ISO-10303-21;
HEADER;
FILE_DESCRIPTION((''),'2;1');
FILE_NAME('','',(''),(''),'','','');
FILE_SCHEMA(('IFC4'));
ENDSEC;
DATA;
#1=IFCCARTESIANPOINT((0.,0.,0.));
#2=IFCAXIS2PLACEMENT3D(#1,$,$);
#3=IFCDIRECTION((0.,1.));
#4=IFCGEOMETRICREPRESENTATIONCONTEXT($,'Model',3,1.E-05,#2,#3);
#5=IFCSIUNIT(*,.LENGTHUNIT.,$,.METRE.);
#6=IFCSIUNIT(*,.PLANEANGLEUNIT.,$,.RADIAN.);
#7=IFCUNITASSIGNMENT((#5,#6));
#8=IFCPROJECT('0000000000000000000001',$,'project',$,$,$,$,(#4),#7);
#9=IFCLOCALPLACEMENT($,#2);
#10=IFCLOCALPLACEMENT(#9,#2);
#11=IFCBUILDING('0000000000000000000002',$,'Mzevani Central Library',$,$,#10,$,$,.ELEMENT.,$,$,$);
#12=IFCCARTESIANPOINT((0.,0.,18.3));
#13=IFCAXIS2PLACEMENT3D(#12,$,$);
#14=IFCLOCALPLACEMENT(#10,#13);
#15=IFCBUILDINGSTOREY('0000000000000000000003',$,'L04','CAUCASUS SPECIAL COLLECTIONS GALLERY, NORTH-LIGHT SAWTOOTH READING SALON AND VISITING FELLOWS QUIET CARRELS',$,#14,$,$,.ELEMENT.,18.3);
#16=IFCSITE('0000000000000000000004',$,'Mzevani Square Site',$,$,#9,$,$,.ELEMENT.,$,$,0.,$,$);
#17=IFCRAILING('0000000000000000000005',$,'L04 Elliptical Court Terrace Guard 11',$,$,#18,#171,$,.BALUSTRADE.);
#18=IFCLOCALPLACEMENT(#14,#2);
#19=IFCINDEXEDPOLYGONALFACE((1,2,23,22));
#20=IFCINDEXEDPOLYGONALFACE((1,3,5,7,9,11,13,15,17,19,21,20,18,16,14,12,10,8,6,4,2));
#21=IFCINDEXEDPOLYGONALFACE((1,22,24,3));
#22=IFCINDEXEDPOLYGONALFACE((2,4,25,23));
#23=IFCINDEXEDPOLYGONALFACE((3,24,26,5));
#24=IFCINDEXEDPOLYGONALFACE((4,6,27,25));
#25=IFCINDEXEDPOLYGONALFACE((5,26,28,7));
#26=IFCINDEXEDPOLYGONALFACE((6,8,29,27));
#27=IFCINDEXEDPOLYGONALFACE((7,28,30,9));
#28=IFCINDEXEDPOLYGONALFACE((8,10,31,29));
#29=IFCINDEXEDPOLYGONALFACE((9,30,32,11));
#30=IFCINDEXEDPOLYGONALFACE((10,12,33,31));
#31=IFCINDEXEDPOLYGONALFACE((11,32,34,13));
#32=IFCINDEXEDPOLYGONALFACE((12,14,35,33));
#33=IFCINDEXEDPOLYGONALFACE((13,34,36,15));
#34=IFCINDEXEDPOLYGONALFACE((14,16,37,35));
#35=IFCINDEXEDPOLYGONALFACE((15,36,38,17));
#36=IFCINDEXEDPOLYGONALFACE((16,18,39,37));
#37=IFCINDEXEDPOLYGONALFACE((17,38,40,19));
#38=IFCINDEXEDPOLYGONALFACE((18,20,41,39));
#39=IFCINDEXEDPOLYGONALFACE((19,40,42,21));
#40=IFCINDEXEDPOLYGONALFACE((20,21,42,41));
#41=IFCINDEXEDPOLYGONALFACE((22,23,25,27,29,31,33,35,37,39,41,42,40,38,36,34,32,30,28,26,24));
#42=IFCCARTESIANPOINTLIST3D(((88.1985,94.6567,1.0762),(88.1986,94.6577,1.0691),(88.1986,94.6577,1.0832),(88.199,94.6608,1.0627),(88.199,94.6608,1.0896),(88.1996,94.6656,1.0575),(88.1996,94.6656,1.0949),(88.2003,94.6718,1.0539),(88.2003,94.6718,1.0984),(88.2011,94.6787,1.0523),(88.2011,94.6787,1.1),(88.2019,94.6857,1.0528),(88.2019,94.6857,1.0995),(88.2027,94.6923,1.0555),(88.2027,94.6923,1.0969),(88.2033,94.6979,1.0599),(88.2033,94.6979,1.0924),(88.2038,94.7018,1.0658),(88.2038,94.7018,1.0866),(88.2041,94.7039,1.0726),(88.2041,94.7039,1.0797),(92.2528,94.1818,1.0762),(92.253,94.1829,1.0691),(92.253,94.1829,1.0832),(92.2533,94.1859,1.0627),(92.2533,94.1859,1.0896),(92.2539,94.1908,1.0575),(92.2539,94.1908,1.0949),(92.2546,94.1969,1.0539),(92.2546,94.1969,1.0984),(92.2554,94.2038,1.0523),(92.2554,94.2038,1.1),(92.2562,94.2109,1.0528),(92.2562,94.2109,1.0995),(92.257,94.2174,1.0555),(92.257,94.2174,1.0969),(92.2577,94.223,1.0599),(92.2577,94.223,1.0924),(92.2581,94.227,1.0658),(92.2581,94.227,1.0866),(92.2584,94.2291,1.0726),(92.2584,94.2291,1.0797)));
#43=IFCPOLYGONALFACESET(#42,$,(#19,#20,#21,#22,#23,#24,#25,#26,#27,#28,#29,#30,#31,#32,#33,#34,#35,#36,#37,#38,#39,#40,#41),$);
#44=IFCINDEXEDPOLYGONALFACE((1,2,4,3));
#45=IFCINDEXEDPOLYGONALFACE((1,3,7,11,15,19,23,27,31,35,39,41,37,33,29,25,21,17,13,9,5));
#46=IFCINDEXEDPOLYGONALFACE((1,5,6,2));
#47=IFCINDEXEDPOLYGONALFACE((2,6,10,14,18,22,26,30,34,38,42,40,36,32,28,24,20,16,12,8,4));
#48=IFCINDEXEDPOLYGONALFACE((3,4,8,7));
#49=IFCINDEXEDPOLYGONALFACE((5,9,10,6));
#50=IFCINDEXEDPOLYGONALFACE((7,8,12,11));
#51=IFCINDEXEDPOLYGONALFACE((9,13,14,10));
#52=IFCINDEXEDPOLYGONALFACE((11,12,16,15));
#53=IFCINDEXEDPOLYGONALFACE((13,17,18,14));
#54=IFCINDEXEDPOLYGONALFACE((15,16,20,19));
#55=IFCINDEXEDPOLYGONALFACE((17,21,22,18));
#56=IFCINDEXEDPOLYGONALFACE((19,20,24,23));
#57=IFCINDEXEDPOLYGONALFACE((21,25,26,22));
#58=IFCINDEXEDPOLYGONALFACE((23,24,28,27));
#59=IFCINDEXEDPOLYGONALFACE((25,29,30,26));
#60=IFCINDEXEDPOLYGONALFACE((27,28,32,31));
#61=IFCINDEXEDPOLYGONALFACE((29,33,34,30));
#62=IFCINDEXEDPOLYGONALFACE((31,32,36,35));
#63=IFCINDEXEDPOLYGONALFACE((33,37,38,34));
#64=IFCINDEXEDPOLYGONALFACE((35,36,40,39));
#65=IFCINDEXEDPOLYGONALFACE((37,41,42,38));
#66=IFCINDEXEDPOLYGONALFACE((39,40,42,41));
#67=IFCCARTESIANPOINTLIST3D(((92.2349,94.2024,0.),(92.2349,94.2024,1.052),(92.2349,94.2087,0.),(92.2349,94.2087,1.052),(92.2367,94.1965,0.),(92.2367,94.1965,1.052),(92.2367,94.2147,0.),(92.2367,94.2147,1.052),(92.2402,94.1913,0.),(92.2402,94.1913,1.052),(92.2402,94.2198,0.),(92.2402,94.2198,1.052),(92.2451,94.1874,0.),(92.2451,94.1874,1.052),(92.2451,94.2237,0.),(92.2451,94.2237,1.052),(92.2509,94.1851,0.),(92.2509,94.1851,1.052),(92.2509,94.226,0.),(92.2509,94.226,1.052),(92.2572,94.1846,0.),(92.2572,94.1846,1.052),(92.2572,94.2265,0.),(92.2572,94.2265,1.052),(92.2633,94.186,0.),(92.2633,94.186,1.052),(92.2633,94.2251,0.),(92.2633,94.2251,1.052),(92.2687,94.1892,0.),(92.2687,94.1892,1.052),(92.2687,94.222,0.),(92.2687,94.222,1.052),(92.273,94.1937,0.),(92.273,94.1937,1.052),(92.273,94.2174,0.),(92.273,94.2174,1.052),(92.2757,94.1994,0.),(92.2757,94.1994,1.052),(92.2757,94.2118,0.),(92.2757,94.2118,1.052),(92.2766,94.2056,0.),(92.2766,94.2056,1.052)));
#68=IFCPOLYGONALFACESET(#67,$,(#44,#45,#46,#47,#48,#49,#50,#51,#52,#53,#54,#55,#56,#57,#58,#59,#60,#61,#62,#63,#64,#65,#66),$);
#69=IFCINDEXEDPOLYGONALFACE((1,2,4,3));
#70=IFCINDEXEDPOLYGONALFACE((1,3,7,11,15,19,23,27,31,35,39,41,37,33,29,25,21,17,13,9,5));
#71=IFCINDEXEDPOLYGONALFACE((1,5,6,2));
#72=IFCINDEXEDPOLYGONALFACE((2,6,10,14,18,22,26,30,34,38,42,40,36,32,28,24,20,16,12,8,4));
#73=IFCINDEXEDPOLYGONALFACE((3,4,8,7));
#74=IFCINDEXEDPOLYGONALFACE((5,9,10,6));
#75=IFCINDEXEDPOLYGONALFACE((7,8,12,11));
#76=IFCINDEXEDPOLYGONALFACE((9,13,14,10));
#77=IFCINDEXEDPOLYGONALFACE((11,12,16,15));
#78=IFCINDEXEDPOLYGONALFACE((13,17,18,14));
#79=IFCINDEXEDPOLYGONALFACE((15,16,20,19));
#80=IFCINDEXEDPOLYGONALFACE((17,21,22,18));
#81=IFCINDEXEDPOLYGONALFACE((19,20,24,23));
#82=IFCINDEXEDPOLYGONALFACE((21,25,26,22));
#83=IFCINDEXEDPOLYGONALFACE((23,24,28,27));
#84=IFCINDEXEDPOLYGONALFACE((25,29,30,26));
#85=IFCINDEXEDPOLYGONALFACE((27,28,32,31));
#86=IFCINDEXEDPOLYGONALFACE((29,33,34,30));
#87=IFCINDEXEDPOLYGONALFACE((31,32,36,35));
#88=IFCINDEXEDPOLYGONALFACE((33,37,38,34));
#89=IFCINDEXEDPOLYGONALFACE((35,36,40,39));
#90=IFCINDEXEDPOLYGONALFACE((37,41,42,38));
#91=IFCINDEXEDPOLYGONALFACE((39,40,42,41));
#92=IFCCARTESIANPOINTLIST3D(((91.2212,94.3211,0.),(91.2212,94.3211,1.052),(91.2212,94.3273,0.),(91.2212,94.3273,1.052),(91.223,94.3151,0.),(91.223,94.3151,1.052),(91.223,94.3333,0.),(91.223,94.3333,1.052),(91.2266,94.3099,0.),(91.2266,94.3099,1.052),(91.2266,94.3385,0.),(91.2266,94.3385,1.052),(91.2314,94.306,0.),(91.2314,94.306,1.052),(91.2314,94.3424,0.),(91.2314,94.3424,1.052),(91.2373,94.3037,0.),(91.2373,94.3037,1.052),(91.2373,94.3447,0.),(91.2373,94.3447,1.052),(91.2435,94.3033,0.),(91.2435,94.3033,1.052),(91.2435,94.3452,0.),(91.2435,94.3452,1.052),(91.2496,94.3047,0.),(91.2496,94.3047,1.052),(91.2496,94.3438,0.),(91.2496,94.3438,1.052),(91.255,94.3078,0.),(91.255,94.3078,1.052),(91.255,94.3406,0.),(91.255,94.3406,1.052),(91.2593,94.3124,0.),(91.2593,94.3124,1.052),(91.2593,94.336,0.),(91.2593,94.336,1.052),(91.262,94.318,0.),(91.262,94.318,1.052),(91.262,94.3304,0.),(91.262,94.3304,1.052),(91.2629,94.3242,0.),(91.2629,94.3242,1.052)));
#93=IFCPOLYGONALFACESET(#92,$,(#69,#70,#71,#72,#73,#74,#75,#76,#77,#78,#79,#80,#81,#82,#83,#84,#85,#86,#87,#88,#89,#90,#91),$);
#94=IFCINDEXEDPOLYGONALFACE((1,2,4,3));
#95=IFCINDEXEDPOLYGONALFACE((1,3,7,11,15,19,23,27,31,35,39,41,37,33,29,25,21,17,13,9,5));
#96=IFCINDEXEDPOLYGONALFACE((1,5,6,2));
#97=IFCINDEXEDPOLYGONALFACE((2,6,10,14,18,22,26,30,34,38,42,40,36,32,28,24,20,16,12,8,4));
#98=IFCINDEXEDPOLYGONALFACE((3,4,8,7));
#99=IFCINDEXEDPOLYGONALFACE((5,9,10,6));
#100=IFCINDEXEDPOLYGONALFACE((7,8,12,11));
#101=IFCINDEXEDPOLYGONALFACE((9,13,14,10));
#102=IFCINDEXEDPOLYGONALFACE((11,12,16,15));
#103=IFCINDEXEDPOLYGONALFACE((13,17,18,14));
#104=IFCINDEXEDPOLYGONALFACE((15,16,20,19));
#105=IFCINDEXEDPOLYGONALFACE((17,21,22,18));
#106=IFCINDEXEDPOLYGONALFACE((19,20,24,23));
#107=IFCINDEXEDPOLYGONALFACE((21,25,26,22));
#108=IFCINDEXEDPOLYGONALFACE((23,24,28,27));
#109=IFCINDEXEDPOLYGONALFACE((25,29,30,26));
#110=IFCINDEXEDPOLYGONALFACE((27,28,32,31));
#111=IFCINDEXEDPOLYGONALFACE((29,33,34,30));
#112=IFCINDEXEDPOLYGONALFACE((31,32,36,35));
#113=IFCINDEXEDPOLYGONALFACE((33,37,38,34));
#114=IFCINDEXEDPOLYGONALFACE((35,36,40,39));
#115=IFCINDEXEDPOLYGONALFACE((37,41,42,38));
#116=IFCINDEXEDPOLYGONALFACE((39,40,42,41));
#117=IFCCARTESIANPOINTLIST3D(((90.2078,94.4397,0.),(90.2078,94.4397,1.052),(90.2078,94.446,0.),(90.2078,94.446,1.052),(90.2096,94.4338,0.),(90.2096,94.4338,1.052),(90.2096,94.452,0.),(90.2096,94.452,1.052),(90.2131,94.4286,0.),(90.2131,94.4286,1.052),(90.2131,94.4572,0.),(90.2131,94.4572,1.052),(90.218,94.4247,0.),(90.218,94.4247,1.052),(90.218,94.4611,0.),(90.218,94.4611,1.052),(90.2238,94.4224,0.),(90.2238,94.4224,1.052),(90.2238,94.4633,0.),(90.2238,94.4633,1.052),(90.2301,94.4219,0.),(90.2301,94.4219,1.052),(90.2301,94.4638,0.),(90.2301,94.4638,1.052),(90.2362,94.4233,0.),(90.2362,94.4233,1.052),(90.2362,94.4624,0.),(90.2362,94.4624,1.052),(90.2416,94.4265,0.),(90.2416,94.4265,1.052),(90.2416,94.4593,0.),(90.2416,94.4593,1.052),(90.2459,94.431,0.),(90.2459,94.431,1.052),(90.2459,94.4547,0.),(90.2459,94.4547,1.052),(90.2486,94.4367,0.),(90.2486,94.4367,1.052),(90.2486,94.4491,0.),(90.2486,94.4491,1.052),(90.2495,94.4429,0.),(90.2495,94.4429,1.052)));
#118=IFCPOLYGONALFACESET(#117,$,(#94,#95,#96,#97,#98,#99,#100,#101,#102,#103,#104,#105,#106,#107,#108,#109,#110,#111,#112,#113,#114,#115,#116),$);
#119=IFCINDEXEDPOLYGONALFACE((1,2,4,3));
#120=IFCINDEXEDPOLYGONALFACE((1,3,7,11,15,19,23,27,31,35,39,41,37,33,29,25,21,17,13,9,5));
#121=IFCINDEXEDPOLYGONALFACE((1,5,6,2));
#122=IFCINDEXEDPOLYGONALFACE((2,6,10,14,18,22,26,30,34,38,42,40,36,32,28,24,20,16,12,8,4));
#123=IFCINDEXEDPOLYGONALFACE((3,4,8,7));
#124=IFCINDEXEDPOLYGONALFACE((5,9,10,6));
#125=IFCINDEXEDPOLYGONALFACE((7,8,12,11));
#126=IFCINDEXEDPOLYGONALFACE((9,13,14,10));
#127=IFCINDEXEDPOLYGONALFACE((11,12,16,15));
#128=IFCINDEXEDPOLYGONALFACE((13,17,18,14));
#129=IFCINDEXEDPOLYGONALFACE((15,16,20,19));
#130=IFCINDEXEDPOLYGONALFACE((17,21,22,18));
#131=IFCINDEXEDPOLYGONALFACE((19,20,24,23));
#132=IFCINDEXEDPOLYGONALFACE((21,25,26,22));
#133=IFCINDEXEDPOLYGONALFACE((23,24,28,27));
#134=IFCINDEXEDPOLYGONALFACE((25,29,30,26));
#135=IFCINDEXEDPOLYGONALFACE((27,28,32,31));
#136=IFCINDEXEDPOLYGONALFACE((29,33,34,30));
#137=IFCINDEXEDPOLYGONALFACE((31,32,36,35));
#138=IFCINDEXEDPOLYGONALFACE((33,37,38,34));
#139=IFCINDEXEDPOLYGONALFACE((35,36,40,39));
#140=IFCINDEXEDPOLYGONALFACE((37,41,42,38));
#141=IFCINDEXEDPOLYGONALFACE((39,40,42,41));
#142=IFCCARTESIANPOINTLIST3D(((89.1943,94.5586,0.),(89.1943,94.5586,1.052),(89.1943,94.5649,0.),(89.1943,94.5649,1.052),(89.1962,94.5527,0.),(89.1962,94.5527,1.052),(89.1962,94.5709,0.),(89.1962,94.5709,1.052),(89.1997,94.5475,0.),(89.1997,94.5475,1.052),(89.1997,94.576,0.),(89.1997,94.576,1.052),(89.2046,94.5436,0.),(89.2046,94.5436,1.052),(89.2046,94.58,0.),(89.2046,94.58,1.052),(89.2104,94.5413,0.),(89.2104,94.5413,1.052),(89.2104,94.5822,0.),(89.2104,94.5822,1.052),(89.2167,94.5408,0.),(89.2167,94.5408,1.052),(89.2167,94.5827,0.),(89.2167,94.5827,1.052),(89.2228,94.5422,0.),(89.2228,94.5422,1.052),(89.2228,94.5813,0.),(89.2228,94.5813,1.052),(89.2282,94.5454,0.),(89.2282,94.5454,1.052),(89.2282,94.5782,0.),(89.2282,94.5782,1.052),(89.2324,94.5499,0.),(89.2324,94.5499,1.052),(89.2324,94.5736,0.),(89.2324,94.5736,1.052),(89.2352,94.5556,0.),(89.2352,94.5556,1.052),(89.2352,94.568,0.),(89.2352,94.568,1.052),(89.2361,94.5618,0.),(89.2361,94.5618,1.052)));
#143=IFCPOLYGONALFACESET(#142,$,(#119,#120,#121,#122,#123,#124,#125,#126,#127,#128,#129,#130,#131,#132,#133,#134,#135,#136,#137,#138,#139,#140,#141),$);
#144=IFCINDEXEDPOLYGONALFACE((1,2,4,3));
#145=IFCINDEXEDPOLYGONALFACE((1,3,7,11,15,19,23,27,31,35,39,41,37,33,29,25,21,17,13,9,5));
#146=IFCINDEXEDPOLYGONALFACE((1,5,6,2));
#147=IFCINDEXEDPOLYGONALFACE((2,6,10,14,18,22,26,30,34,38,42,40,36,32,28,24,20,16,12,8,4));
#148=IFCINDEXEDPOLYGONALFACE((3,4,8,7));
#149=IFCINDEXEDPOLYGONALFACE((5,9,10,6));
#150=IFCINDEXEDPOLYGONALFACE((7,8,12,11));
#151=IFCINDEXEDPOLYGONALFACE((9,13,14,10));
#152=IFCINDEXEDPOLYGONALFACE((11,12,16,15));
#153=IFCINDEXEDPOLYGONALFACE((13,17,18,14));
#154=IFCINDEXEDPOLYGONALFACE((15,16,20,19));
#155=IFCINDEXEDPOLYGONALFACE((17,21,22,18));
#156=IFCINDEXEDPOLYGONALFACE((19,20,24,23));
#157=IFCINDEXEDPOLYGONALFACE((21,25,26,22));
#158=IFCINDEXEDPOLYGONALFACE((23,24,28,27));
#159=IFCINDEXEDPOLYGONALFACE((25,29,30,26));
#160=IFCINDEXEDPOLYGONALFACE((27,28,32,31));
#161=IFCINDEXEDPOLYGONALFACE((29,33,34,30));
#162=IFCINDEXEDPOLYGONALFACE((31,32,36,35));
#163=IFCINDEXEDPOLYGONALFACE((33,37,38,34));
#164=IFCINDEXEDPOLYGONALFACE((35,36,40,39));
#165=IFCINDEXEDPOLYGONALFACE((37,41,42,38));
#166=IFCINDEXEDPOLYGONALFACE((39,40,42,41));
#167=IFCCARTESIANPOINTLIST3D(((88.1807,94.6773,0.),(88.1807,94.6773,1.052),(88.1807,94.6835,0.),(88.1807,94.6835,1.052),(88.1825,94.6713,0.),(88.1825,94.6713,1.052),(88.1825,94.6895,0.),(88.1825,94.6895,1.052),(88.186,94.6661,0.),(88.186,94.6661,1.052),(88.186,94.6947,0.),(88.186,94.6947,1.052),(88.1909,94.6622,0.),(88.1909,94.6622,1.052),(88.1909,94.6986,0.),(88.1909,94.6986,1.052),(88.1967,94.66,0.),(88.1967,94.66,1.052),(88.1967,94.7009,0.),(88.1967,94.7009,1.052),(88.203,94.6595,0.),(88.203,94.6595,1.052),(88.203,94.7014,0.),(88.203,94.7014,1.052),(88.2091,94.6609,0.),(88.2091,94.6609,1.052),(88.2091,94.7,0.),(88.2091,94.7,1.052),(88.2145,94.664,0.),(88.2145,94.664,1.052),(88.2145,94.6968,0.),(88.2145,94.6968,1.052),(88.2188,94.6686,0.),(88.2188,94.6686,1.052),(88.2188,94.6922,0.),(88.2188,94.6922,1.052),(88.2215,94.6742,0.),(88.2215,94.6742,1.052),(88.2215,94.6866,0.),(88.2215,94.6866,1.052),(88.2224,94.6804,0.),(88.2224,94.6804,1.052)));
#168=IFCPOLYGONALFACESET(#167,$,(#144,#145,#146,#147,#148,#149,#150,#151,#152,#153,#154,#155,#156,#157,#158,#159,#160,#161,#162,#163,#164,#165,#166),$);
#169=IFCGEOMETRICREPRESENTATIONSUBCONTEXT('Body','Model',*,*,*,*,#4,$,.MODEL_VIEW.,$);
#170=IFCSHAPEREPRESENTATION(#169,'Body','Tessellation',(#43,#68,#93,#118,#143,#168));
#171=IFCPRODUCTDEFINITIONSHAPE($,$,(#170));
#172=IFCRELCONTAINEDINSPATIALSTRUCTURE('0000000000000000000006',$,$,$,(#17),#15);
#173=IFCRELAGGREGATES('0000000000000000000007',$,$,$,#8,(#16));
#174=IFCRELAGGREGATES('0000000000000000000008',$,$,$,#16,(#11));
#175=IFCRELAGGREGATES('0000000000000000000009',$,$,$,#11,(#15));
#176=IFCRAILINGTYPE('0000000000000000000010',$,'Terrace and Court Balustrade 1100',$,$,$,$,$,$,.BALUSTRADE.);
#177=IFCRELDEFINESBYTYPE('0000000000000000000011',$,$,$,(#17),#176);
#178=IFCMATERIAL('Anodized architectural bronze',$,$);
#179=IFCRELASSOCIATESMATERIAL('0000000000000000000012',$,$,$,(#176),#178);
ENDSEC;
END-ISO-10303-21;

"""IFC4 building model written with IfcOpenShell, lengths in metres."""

from ifc_helpers import new_model, si_unit, direction, frame, origin, origin_2d, place, context, subcontext, project, spatial, circle, extrude, material, type_object, element, save


model = new_model("IFC4")

# Units and contexts
model_context = context("Model", 3, precision=1e-05, world=origin(), true_north=direction((0.0, 1.0)))
body_context = subcontext(model_context, "Body", "Model", "MODEL_VIEW")
ifc_project = project(units=[si_unit("LENGTHUNIT", "METRE"), si_unit("PLANEANGLEUNIT", "RADIAN")], contexts=[model_context])

# Site, building, storey
site_placement = place(None, origin())
site = spatial("IfcSite", under=ifc_project, at=site_placement, Name="Mzevani Square Site", CompositionType="ELEMENT", RefElevation=0.0)
building_placement = place(site_placement, origin())
building = spatial("IfcBuilding", under=site, at=building_placement, Name="Mzevani Central Library", CompositionType="ELEMENT")
storey_placement = place(building_placement, frame((0.0, 0.0, 18.3)))
storey = spatial("IfcBuildingStorey", under=building, at=storey_placement, Name="L04", Description="CAUCASUS SPECIAL COLLECTIONS GALLERY, NORTH-LIGHT SAWTOOTH READING SALON AND VISITING FELLOWS QUIET CARRELS", CompositionType="ELEMENT", Elevation=18.3)

# Railing
ifc_material_1 = material(Name="Anodized architectural bronze")
railing_type = type_object("IfcRailingType", Name="Terrace and Court Balustrade 1100", PredefinedType="BALUSTRADE", material=ifc_material_1)
railing_1_placement = place(storey_placement, frame((92.2556, 94.2056, 0.0)))
element("IfcRailing", 1, at=railing_1_placement, inside=storey, type_object=railing_type, Name="L04 Elliptical Court Terrace Guard 11", PredefinedType="BALUSTRADE", context=body_context, shape_type="SweptSolid", body=[
    extrude(circle(Radius=0.0239, at=origin_2d()), frame((0.0, 0.0, 1.0762), z_axis=(-0.99321, 0.116331, 0.0), x_axis=(-0.116331, -0.99321, 0.0)), (0.0, 0.0, 1.0), 4.082),
    extrude(circle(Radius=0.021, at=origin_2d()), origin(), (0.0, 0.0, 1.0), 1.052),
    extrude(circle(Radius=0.021, at=origin_2d()), frame((-1.0137, 0.1187, 0.0)), (0.0, 0.0, 1.0), 1.052),
    extrude(circle(Radius=0.021, at=origin_2d()), frame((-2.0271, 0.2373, 0.0)), (0.0, 0.0, 1.0), 1.052),
    extrude(circle(Radius=0.021, at=origin_2d()), frame((-3.0405, 0.3562, 0.0)), (0.0, 0.0, 1.0), 1.052),
    extrude(circle(Radius=0.021, at=origin_2d()), frame((-4.0542, 0.4749, 0.0)), (0.0, 0.0, 1.0), 1.052),
])

save(model, "model.ifc")
